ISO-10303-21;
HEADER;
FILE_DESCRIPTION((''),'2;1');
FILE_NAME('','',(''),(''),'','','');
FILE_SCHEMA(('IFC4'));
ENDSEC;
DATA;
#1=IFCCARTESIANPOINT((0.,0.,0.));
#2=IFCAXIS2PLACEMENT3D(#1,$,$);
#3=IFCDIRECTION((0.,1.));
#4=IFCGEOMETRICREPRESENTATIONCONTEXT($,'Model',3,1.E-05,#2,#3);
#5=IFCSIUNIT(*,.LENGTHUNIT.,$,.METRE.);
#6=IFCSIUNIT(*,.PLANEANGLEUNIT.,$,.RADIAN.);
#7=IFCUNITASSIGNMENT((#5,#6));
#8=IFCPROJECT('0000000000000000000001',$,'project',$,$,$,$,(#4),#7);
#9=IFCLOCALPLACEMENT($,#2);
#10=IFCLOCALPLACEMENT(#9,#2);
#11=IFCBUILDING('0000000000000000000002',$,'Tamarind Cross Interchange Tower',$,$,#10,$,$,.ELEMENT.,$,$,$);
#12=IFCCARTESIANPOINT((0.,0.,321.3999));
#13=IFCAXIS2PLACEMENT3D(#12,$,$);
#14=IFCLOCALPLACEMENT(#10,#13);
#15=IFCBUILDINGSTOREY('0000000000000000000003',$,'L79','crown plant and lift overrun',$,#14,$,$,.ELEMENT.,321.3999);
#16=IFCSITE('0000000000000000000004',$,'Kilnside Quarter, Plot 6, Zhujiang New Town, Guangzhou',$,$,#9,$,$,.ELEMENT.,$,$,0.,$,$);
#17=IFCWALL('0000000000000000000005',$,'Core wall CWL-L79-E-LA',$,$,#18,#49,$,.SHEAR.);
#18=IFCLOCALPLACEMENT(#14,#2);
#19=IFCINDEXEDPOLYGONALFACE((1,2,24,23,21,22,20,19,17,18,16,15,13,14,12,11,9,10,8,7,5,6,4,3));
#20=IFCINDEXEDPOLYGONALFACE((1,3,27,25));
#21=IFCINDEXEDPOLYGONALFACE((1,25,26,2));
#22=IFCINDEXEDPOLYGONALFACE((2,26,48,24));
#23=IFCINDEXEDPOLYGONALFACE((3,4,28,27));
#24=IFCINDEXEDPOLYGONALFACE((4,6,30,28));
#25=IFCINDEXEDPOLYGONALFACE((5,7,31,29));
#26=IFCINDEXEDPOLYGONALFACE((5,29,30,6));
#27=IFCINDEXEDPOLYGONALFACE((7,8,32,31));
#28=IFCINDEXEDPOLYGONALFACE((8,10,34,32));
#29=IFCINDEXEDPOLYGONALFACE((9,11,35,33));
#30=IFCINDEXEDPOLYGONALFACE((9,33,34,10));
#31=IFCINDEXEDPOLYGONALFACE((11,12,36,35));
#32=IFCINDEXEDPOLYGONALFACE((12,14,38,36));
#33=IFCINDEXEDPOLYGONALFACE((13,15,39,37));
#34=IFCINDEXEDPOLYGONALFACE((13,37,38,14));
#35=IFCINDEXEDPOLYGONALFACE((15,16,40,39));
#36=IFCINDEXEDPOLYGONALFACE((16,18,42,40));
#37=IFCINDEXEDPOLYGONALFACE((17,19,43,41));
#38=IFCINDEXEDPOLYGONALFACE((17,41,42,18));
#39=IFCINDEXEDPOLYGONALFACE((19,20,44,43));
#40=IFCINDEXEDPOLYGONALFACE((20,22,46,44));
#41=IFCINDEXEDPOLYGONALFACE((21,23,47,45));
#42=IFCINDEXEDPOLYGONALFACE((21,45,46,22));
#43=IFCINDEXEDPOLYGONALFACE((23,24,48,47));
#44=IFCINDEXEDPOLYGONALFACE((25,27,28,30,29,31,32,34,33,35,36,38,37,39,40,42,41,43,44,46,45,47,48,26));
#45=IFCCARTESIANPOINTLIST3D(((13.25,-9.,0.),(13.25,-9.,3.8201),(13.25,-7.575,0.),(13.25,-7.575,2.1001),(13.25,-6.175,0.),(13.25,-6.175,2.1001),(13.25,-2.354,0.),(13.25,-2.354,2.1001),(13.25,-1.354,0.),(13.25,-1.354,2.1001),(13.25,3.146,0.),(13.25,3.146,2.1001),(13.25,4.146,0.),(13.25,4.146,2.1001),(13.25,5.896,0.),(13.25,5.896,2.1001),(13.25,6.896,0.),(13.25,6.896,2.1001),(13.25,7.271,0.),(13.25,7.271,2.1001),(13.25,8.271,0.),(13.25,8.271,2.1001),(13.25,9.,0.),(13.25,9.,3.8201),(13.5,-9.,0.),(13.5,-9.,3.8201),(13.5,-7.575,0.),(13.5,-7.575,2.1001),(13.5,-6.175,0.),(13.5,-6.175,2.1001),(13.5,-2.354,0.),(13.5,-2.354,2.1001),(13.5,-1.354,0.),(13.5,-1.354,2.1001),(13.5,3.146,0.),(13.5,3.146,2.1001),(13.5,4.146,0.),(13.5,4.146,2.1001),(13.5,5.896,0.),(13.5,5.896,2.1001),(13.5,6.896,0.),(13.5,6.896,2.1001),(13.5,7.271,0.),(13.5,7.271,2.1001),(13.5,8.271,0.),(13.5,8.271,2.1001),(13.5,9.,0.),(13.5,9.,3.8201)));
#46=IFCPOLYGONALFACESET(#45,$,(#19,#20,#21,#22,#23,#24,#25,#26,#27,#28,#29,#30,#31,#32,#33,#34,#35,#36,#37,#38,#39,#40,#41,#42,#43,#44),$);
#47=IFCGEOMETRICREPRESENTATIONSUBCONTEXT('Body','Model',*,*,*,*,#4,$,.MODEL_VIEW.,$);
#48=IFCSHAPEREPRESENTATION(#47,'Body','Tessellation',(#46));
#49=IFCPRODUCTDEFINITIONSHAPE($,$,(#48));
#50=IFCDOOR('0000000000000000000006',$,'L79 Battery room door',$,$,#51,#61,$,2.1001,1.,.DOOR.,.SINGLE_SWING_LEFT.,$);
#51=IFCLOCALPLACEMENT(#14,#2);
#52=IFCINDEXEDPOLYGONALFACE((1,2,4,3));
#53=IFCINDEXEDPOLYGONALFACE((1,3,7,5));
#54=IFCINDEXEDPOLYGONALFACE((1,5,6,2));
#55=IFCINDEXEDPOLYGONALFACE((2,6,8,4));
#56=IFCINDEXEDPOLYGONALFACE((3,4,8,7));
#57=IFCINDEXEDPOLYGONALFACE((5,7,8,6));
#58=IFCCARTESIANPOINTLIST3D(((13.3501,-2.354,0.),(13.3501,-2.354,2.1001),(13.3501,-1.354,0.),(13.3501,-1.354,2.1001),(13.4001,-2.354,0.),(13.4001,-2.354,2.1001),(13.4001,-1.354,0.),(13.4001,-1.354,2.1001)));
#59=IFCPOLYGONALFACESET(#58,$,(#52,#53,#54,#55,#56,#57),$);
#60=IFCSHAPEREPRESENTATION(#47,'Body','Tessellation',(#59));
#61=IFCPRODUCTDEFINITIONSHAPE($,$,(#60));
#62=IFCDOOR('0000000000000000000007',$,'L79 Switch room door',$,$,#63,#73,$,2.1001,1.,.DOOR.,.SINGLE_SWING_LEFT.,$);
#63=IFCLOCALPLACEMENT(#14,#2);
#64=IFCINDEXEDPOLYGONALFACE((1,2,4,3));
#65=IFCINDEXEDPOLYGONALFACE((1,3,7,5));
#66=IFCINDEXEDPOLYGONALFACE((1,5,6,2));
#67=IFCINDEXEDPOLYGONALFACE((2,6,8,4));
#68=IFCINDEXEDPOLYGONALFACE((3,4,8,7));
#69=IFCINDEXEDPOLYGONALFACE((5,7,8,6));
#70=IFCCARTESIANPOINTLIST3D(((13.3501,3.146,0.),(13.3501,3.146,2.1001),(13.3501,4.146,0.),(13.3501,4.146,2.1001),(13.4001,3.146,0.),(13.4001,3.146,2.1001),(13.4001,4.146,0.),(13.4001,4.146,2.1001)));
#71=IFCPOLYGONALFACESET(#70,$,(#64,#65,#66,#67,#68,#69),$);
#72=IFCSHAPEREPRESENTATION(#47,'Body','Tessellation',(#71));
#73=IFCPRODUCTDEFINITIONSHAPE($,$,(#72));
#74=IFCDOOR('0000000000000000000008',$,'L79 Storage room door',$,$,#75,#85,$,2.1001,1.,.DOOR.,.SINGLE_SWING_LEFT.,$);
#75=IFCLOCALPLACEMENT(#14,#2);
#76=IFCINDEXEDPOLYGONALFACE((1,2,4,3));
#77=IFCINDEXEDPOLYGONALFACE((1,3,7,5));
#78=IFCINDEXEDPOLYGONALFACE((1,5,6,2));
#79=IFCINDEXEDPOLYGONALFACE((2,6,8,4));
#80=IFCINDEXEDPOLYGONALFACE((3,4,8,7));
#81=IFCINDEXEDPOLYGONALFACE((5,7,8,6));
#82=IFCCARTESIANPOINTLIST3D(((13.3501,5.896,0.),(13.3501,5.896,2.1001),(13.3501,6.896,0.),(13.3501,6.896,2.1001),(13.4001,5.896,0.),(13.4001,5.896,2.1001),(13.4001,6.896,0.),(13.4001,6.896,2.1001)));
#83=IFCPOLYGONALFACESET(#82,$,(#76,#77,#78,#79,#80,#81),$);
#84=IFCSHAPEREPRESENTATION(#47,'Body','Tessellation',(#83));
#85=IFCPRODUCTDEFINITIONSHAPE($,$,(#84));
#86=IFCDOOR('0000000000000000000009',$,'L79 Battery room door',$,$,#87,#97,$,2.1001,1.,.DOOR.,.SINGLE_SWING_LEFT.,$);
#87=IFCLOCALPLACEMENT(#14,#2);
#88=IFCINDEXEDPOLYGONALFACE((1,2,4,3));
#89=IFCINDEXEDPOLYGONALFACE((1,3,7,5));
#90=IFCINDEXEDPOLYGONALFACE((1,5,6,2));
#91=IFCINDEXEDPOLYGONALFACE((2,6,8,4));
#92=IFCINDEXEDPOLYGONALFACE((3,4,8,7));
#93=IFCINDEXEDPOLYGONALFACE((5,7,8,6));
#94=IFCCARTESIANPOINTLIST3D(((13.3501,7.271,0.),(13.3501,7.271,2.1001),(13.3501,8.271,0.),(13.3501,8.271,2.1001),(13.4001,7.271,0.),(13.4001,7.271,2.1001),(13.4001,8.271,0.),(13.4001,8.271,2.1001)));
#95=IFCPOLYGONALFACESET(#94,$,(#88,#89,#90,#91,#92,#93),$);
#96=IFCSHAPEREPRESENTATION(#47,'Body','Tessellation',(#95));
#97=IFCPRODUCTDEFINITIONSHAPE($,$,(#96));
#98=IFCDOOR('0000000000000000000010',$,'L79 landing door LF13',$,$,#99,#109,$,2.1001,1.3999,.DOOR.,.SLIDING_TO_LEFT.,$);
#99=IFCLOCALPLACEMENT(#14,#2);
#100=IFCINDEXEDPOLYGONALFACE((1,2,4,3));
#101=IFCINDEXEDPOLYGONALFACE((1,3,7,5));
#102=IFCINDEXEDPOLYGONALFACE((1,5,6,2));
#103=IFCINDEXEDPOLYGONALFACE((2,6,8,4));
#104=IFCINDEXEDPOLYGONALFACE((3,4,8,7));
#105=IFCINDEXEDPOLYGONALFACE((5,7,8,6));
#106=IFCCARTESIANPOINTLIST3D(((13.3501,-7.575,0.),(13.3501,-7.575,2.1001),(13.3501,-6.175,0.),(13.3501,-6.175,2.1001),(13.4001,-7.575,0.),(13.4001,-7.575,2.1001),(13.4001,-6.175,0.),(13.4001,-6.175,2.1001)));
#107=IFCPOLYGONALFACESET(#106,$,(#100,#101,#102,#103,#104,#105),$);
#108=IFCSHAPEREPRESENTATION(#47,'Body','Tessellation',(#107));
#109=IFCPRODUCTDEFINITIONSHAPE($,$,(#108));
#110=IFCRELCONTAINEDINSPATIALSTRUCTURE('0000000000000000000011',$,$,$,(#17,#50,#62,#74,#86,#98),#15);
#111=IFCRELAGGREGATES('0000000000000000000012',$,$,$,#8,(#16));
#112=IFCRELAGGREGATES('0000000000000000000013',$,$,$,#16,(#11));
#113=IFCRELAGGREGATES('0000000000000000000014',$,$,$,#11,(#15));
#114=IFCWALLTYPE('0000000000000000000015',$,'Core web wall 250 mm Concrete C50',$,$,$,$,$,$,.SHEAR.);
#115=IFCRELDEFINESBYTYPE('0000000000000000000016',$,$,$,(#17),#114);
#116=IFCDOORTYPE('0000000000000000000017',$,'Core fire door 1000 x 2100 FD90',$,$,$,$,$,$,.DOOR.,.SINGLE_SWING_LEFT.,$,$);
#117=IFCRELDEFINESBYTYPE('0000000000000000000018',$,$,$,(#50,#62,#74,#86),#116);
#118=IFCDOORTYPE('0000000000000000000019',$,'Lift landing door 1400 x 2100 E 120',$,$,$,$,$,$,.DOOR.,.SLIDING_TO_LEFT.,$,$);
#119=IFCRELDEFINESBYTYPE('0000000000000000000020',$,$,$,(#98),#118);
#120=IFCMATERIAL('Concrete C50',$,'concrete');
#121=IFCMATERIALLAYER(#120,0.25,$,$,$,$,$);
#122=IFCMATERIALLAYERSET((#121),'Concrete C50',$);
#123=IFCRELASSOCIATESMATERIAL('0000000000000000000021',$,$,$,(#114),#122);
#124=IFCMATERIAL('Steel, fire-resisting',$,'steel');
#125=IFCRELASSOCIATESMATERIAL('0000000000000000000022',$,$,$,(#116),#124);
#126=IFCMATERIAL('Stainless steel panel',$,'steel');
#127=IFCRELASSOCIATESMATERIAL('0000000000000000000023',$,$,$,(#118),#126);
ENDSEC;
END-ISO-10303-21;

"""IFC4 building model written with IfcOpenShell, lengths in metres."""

from ifc_helpers import new_model, si_unit, direction, frame, frame_2d, origin, place, context, subcontext, project, spatial, rectangle, extrude, material, layer, layer_set, type_object, element, fill, save


model = new_model("IFC4")

# Units and contexts
model_context = context("Model", 3, precision=1e-05, world=origin(), true_north=direction((0.0, 1.0)))
body_context = subcontext(model_context, "Body", "Model", "MODEL_VIEW")
ifc_project = project(units=[si_unit("LENGTHUNIT", "METRE"), si_unit("PLANEANGLEUNIT", "RADIAN")], contexts=[model_context])

# Site, building, storey
site_placement = place(None, origin())
site = spatial("IfcSite", under=ifc_project, at=site_placement, Name="Kilnside Quarter, Plot 6, Zhujiang New Town, Guangzhou", CompositionType="ELEMENT", RefElevation=0.0)
building_placement = place(site_placement, origin())
building = spatial("IfcBuilding", under=site, at=building_placement, Name="Tamarind Cross Interchange Tower", CompositionType="ELEMENT")
storey_placement = place(building_placement, frame((0.0, 0.0, 321.3999)))
storey = spatial("IfcBuildingStorey", under=building, at=storey_placement, Name="L79", Description="crown plant and lift overrun", CompositionType="ELEMENT", Elevation=321.3999)

# Wall, openings, doors
ifc_material_1 = material(Name="Concrete C50", Category="concrete")
ifc_layer_1 = layer(ifc_material_1, 0.25)
ifc_layer_set_1 = layer_set([ifc_layer_1], Name="Concrete C50")
wall_type_1 = type_object("IfcWallType", Name="Core web wall 250 mm Concrete C50", PredefinedType="SHEAR", material=ifc_layer_set_1)
wall_1_placement = place(storey_placement, frame((13.375, -9.0, 0.0), z_axis=(0.0, 0.0, 1.0), x_axis=(0.0, 1.0, 0.0)))
wall_1 = element("IfcWall", 1, at=wall_1_placement, inside=storey, type_object=wall_type_1, Name="Core wall CWL-L79-E-LA", PredefinedType="SHEAR", context=body_context, shape_type="SweptSolid", body=[
    extrude(rectangle(XDim=18.0, YDim=0.25, at=frame_2d((9.0, 0.0))), origin(), (0.0, 0.0, 1.0), 3.8201),
])
opening_1_placement = place(wall_1_placement, frame((1.425, 0.0, 0.0)))
opening_1 = element("IfcOpeningElement", 2, at=opening_1_placement, cuts=wall_1, PredefinedType="OPENING", context=body_context, shape_type="SweptSolid", body=[
    extrude(rectangle(XDim=1.3999, YDim=2.1001, at=frame_2d((0.7, 1.05))), frame((0.0, 0.135, 0.0), z_axis=(0.0, -1.0, 0.0), x_axis=(1.0, 0.0, 0.0)), (0.0, 0.0, 1.0), 0.27),
])
opening_2_placement = place(wall_1_placement, frame((6.646, 0.0, 0.0)))
opening_2 = element("IfcOpeningElement", 3, at=opening_2_placement, cuts=wall_1, PredefinedType="OPENING", context=body_context, shape_type="SweptSolid", body=[
    extrude(rectangle(XDim=1.0, YDim=2.1001, at=frame_2d((0.5, 1.05))), frame((0.0, 0.135, 0.0), z_axis=(0.0, -1.0, 0.0), x_axis=(1.0, 0.0, 0.0)), (0.0, 0.0, 1.0), 0.27),
])
opening_3_placement = place(wall_1_placement, frame((12.146, 0.0, 0.0)))
opening_3 = element("IfcOpeningElement", 4, at=opening_3_placement, cuts=wall_1, PredefinedType="OPENING", context=body_context, shape_type="SweptSolid", body=[
    extrude(rectangle(XDim=1.0, YDim=2.1001, at=frame_2d((0.5, 1.05))), frame((0.0, 0.135, 0.0), z_axis=(0.0, -1.0, 0.0), x_axis=(1.0, 0.0, 0.0)), (0.0, 0.0, 1.0), 0.27),
])
opening_4_placement = place(wall_1_placement, frame((14.896, 0.0, 0.0)))
opening_4 = element("IfcOpeningElement", 5, at=opening_4_placement, cuts=wall_1, PredefinedType="OPENING", context=body_context, shape_type="SweptSolid", body=[
    extrude(rectangle(XDim=1.0, YDim=2.1001, at=frame_2d((0.5, 1.05))), frame((0.0, 0.135, 0.0), z_axis=(0.0, -1.0, 0.0), x_axis=(1.0, 0.0, 0.0)), (0.0, 0.0, 1.0), 0.27),
])
opening_5_placement = place(wall_1_placement, frame((16.271, 0.0, 0.0)))
opening_5 = element("IfcOpeningElement", 6, at=opening_5_placement, cuts=wall_1, PredefinedType="OPENING", context=body_context, shape_type="SweptSolid", body=[
    extrude(rectangle(XDim=1.0, YDim=2.1001, at=frame_2d((0.5, 1.05))), frame((0.0, 0.135, 0.0), z_axis=(0.0, -1.0, 0.0), x_axis=(1.0, 0.0, 0.0)), (0.0, 0.0, 1.0), 0.27),
])
ifc_material_2 = material(Name="Steel, fire-resisting", Category="steel")
door_type_1 = type_object("IfcDoorType", Name="Core fire door 1000 x 2100 FD90", OperationType="SINGLE_SWING_LEFT", PredefinedType="DOOR", material=ifc_material_2)
door_1_placement = place(opening_2_placement, origin())
door_1 = element("IfcDoor", 7, at=door_1_placement, inside=storey, type_object=door_type_1, Name="L79 Battery room door", OperationType="SINGLE_SWING_LEFT", OverallHeight=2.1001, OverallWidth=1.0, PredefinedType="DOOR", context=body_context, shape_type="SweptSolid", body=[
    extrude(rectangle(XDim=1.0, YDim=2.1001, at=frame_2d((0.5, 1.05))), frame((0.0, 0.0249, 0.0), z_axis=(0.0, -1.0, 0.0), x_axis=(1.0, 0.0, 0.0)), (0.0, 0.0, 1.0), 0.05),
])
fill(opening_2, door_1)
door_2_placement = place(opening_3_placement, origin())
door_2 = element("IfcDoor", 8, at=door_2_placement, inside=storey, type_object=door_type_1, Name="L79 Switch room door", OperationType="SINGLE_SWING_LEFT", OverallHeight=2.1001, OverallWidth=1.0, PredefinedType="DOOR", context=body_context, shape_type="SweptSolid", body=[
    extrude(rectangle(XDim=1.0, YDim=2.1001, at=frame_2d((0.5, 1.05))), frame((0.0, 0.0249, 0.0), z_axis=(0.0, -1.0, 0.0), x_axis=(1.0, 0.0, 0.0)), (0.0, 0.0, 1.0), 0.05),
])
fill(opening_3, door_2)
door_3_placement = place(opening_4_placement, origin())
door_3 = element("IfcDoor", 9, at=door_3_placement, inside=storey, type_object=door_type_1, Name="L79 Storage room door", OperationType="SINGLE_SWING_LEFT", OverallHeight=2.1001, OverallWidth=1.0, PredefinedType="DOOR", context=body_context, shape_type="SweptSolid", body=[
    extrude(rectangle(XDim=1.0, YDim=2.1001, at=frame_2d((0.5, 1.05))), frame((0.0, 0.0249, 0.0), z_axis=(0.0, -1.0, 0.0), x_axis=(1.0, 0.0, 0.0)), (0.0, 0.0, 1.0), 0.05),
])
fill(opening_4, door_3)
door_4_placement = place(opening_5_placement, origin())
door_4 = element("IfcDoor", 10, at=door_4_placement, inside=storey, type_object=door_type_1, Name="L79 Battery room door", OperationType="SINGLE_SWING_LEFT", OverallHeight=2.1001, OverallWidth=1.0, PredefinedType="DOOR", context=body_context, shape_type="SweptSolid", body=[
    extrude(rectangle(XDim=1.0, YDim=2.1001, at=frame_2d((0.5, 1.05))), frame((0.0, 0.0249, 0.0), z_axis=(0.0, -1.0, 0.0), x_axis=(1.0, 0.0, 0.0)), (0.0, 0.0, 1.0), 0.05),
])
fill(opening_5, door_4)
ifc_material_3 = material(Name="Stainless steel panel", Category="steel")
door_type_2 = type_object("IfcDoorType", Name="Lift landing door 1400 x 2100 E 120", OperationType="SLIDING_TO_LEFT", PredefinedType="DOOR", material=ifc_material_3)
door_5_placement = place(opening_1_placement, origin())
door_5 = element("IfcDoor", 11, at=door_5_placement, inside=storey, type_object=door_type_2, Name="L79 landing door LF13", OperationType="SLIDING_TO_LEFT", OverallHeight=2.1001, OverallWidth=1.3999, PredefinedType="DOOR", context=body_context, shape_type="SweptSolid", body=[
    extrude(rectangle(XDim=1.3999, YDim=2.1001, at=frame_2d((0.7, 1.05))), frame((0.0, 0.0249, 0.0), z_axis=(0.0, -1.0, 0.0), x_axis=(1.0, 0.0, 0.0)), (0.0, 0.0, 1.0), 0.05),
])
fill(opening_1, door_5)

save(model, "model.ifc")
